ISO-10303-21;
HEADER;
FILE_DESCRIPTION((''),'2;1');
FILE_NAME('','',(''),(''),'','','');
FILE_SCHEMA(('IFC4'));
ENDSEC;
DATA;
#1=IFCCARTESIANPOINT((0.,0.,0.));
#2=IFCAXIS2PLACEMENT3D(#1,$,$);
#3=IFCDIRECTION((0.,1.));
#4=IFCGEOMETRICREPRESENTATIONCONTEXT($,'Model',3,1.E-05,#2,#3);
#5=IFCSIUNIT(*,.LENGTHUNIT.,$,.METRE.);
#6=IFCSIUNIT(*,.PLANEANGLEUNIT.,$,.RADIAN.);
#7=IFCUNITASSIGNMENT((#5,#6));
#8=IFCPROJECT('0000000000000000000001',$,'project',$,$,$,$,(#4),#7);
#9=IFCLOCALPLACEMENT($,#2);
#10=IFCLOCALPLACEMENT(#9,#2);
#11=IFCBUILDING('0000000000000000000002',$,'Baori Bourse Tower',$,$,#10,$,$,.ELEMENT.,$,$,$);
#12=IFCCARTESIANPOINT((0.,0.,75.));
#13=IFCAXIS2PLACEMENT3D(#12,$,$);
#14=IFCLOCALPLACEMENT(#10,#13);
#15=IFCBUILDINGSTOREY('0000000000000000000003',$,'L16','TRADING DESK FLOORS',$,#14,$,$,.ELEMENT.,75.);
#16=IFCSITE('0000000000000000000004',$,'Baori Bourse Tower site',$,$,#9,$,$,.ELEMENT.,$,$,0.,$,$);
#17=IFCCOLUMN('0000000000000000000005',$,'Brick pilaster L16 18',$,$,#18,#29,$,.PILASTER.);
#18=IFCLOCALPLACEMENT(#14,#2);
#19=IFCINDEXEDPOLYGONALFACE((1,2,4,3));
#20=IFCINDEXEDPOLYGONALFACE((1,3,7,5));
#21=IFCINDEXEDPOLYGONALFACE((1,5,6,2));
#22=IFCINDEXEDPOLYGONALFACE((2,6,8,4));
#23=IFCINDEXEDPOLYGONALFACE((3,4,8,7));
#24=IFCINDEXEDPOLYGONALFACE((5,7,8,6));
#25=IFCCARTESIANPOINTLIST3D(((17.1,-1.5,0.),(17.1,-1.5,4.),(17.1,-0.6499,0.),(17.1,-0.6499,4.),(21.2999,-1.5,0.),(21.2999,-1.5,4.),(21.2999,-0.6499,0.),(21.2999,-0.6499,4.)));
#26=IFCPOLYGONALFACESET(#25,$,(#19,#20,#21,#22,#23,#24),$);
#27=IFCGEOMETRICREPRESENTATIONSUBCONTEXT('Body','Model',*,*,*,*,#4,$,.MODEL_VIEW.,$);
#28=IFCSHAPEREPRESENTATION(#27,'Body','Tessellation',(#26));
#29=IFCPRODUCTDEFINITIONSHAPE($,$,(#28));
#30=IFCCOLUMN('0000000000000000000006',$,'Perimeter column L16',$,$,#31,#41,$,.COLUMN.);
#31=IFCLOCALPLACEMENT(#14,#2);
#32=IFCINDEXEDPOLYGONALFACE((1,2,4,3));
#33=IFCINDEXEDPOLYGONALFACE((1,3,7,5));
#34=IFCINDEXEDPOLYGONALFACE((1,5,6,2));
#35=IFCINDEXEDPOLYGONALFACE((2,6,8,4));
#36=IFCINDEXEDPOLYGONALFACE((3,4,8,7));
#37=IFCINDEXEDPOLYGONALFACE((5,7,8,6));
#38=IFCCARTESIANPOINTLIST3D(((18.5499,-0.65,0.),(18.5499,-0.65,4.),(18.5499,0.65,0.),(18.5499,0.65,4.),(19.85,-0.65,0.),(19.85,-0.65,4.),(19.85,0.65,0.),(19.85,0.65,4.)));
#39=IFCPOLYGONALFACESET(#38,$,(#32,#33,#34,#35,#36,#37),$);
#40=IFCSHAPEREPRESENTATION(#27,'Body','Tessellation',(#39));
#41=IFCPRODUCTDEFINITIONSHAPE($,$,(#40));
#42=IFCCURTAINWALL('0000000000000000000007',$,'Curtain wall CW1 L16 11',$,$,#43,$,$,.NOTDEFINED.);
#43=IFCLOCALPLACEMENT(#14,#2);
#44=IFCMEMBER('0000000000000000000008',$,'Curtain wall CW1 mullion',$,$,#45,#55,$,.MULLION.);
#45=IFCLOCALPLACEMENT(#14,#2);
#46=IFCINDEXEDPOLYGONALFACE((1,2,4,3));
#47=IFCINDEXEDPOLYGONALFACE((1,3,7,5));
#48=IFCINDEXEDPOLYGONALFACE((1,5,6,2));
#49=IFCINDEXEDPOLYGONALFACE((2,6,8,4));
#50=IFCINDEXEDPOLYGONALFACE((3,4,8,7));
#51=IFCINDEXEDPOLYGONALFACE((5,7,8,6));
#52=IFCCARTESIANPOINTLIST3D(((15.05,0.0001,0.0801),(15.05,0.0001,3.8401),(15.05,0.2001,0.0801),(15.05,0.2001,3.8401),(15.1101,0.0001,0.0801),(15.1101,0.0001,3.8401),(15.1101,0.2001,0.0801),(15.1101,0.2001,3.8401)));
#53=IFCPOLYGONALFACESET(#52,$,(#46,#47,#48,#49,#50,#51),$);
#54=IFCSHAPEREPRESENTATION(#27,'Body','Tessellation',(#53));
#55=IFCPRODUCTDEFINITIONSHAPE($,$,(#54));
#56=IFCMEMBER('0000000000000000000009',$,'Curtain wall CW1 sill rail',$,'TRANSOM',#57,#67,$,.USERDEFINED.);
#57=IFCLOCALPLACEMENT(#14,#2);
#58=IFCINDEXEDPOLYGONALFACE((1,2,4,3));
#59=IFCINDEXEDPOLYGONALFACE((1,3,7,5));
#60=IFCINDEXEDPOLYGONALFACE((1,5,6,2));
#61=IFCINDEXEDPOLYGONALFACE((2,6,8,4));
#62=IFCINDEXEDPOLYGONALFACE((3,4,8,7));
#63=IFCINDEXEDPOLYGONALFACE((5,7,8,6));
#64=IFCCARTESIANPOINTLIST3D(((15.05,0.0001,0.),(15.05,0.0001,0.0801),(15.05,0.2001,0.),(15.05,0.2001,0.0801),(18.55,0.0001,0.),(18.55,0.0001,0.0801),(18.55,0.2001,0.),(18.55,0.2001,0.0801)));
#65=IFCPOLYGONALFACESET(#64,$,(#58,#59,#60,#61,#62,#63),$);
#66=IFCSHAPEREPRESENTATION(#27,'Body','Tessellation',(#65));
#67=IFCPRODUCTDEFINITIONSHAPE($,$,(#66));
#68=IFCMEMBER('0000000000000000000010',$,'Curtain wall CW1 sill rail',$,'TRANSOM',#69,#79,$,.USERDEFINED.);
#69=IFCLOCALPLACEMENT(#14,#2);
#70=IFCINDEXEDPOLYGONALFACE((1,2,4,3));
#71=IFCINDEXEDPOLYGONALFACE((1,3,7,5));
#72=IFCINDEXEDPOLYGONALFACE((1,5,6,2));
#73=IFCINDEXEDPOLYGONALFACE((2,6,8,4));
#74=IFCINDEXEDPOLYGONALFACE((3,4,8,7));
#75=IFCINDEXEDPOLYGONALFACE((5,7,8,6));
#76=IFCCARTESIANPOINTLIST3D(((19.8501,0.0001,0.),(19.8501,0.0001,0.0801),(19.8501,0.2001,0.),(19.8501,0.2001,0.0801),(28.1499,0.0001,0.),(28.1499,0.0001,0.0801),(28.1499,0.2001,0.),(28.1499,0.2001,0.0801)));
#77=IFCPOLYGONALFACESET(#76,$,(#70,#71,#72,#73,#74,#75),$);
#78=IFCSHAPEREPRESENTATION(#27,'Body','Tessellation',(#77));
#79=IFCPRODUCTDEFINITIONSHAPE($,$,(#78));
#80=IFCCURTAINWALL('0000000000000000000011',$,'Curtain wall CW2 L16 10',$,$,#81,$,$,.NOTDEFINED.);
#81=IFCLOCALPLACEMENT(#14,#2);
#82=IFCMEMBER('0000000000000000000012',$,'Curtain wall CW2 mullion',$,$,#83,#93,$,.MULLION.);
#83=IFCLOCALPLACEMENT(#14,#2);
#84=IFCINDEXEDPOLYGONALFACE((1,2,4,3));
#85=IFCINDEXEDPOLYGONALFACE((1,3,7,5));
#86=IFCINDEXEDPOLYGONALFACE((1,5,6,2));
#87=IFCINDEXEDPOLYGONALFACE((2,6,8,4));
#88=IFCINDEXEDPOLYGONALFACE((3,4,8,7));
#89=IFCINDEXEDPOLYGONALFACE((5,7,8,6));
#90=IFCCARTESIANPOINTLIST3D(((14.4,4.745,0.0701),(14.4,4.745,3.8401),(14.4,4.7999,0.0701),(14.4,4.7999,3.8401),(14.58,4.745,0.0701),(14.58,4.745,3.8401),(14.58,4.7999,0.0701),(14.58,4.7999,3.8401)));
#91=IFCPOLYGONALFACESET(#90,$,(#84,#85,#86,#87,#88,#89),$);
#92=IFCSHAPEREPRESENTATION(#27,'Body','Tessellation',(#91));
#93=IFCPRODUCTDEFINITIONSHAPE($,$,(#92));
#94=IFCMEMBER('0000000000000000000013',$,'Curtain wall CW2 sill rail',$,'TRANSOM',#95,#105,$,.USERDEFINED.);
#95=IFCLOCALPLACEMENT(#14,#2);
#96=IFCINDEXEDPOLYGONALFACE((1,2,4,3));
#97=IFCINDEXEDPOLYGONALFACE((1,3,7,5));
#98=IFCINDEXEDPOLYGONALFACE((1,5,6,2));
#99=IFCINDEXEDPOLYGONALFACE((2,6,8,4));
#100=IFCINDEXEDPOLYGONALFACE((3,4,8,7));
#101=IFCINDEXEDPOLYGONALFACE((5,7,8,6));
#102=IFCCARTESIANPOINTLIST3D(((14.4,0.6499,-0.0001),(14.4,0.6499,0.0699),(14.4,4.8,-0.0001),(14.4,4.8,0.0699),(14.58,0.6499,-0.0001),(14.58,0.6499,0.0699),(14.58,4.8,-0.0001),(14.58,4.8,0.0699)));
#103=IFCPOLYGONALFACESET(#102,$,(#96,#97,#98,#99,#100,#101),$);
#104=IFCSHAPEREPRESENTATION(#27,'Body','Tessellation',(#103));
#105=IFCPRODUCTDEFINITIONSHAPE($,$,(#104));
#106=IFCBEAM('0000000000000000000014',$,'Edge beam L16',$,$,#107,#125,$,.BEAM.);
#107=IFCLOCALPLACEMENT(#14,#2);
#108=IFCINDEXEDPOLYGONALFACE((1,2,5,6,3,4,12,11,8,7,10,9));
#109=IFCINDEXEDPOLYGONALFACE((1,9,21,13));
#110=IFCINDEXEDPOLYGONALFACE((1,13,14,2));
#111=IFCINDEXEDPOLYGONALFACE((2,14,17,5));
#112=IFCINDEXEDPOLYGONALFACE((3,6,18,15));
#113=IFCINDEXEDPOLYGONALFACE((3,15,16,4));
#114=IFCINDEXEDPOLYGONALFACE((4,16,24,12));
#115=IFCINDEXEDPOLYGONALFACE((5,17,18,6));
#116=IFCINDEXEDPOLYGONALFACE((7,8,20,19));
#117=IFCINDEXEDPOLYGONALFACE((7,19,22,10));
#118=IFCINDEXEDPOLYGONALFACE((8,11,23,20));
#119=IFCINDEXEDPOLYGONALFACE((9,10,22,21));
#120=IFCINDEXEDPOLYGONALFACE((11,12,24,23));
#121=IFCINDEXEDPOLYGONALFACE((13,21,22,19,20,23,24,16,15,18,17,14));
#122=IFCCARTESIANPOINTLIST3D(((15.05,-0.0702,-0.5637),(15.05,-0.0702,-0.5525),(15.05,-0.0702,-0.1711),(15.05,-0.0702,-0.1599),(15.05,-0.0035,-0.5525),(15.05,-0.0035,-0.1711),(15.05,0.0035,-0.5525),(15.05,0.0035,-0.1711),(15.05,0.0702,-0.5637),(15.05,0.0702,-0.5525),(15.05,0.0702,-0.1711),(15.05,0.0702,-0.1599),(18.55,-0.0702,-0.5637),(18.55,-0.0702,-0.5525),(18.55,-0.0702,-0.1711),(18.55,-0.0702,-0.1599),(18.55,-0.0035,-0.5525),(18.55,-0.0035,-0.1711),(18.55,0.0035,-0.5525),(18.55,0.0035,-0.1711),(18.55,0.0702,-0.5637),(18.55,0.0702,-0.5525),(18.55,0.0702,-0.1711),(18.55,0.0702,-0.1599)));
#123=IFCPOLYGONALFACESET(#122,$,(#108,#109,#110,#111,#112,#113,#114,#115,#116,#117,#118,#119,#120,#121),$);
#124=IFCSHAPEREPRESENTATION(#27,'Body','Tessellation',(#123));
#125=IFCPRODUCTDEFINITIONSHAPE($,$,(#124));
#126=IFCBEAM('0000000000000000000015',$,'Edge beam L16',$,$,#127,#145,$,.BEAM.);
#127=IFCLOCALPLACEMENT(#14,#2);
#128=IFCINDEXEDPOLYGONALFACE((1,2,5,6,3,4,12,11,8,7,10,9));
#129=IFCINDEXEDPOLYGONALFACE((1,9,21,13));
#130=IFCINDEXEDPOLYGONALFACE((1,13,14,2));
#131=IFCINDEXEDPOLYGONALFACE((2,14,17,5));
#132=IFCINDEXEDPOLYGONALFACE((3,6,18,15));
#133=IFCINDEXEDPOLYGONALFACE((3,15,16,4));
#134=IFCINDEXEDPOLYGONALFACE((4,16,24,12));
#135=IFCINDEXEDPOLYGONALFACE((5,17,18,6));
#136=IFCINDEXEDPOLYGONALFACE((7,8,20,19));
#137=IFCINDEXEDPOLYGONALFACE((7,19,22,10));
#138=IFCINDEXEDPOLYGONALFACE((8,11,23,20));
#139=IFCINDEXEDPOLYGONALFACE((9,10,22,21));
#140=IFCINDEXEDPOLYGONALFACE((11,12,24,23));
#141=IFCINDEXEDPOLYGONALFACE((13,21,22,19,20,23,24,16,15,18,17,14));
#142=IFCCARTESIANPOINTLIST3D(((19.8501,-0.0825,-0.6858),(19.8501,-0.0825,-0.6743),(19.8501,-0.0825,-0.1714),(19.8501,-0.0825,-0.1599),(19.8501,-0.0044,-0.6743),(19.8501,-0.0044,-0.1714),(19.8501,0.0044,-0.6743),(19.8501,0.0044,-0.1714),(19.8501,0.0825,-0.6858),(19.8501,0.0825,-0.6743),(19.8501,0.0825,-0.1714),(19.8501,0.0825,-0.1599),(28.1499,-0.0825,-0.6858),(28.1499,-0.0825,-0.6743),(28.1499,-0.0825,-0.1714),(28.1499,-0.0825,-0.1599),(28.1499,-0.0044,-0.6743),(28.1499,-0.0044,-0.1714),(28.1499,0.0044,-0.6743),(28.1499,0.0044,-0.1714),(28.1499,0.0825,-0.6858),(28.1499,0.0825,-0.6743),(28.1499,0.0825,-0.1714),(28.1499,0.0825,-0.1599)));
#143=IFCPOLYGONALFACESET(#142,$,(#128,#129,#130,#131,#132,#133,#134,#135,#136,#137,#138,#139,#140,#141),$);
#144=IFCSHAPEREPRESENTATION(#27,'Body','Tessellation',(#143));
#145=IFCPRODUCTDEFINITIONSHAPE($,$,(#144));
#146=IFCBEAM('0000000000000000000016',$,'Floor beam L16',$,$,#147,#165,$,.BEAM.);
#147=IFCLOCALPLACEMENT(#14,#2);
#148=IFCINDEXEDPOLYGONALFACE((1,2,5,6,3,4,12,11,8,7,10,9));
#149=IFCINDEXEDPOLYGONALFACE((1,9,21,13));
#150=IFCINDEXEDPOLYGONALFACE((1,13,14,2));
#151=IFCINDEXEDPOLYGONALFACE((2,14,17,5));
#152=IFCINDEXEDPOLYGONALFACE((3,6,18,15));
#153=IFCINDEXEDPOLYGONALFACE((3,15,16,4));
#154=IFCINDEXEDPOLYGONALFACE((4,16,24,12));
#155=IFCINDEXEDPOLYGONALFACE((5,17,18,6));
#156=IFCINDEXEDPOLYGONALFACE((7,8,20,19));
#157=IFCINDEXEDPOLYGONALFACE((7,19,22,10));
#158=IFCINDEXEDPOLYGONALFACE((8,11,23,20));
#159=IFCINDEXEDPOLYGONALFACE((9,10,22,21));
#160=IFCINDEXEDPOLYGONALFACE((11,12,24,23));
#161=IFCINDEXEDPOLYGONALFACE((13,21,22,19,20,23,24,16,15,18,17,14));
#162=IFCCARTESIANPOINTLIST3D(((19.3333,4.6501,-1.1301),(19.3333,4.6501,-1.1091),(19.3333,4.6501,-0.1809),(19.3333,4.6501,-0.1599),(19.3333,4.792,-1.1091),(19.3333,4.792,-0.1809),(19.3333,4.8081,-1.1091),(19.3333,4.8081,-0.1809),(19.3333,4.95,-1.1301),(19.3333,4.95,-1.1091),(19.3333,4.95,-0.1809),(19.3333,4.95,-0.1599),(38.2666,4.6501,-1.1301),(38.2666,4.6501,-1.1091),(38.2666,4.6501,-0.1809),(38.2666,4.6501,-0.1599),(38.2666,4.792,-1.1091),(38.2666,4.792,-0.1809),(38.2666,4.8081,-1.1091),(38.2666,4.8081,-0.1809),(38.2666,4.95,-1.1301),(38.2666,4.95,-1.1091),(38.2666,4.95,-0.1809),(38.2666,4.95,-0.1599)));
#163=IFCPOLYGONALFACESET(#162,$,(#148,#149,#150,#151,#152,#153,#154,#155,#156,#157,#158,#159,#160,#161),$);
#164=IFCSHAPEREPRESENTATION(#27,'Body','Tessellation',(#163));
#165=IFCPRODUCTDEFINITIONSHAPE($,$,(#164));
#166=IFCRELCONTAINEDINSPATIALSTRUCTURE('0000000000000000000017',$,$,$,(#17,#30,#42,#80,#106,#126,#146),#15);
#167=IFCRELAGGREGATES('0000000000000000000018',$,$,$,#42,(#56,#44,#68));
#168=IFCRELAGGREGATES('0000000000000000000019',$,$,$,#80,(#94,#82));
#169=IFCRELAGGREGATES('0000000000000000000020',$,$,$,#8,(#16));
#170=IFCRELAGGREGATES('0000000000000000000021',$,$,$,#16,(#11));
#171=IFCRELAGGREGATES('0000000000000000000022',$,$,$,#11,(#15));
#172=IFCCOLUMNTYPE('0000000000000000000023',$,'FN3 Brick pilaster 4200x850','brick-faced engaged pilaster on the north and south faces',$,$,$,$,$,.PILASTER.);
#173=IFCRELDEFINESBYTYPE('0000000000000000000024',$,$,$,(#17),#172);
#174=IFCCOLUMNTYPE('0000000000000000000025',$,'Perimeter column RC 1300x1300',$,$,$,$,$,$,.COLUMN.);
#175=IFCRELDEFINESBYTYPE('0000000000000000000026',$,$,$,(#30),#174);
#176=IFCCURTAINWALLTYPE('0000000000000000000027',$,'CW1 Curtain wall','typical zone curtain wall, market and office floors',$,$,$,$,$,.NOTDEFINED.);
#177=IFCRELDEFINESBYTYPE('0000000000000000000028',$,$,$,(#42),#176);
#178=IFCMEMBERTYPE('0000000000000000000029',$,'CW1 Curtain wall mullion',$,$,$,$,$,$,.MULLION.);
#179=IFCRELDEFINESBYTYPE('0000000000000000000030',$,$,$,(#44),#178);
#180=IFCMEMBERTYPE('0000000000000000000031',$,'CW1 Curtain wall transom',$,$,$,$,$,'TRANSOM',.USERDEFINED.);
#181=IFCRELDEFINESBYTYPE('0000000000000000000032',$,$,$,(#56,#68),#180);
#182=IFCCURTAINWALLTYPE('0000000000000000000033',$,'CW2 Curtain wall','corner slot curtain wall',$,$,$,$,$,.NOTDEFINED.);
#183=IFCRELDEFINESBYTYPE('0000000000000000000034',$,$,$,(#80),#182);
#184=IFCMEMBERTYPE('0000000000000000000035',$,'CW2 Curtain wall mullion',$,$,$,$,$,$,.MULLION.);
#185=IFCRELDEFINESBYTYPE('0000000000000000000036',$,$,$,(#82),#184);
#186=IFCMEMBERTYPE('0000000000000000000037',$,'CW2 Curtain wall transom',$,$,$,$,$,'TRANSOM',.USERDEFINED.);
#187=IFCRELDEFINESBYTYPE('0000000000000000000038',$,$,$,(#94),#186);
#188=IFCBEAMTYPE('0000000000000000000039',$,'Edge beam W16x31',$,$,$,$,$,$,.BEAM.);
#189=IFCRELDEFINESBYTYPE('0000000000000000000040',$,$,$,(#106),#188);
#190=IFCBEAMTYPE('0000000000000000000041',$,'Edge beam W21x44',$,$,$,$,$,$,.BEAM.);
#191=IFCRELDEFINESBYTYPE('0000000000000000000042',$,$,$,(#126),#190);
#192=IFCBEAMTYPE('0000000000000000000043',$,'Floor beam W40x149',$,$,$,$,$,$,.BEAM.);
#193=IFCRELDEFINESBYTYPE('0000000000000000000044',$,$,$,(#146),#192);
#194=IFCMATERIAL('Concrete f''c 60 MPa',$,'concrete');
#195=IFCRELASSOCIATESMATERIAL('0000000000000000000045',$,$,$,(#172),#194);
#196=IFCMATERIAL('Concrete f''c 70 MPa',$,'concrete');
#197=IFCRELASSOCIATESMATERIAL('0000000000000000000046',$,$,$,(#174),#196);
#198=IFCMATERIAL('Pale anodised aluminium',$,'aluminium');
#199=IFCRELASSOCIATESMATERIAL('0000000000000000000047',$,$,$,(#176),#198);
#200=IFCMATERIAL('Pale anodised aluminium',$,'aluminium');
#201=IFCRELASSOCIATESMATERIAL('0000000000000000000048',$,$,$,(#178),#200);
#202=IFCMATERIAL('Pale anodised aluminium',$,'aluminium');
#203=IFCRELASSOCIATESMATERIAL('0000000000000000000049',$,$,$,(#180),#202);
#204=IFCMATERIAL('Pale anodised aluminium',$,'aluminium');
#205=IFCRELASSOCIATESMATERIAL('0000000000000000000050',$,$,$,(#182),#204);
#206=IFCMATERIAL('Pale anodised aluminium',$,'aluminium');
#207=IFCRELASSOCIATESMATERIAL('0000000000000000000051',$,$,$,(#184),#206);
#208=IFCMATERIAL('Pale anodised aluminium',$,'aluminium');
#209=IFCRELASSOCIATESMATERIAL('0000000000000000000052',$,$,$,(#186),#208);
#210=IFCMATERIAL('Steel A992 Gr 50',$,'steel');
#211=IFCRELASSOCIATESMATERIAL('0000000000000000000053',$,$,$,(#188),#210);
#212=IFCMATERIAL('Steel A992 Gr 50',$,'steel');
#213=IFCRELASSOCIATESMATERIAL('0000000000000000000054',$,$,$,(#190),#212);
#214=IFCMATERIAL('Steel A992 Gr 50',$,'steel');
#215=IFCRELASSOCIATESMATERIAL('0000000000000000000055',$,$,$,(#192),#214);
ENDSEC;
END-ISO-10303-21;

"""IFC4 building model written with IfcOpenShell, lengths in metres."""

from ifc_helpers import new_model, si_unit, direction, frame, origin, origin_2d, place, context, subcontext, project, spatial, rectangle, i_section, extrude, material, material_profile, profile_set, type_object, element, aggregate, save


model = new_model("IFC4")

# Units and contexts
model_context = context("Model", 3, precision=1e-05, world=origin(), true_north=direction((0.0, 1.0)))
body_context = subcontext(model_context, "Body", "Model", "MODEL_VIEW")
ifc_project = project(units=[si_unit("LENGTHUNIT", "METRE"), si_unit("PLANEANGLEUNIT", "RADIAN")], contexts=[model_context])

# Site, building, storey
site_placement = place(None, origin())
site = spatial("IfcSite", under=ifc_project, at=site_placement, Name="Baori Bourse Tower site", CompositionType="ELEMENT", RefElevation=0.0)
building_placement = place(site_placement, origin())
building = spatial("IfcBuilding", under=site, at=building_placement, Name="Baori Bourse Tower", CompositionType="ELEMENT")
storey_placement = place(building_placement, frame((0.0, 0.0, 75.0)))
storey = spatial("IfcBuildingStorey", under=building, at=storey_placement, Name="L16", Description="TRADING DESK FLOORS", CompositionType="ELEMENT", Elevation=75.0)

# Columns
ifc_material_1 = material(Name="Concrete f'c 60 MPa", Category="concrete")
ifc_material_profile_1 = material_profile(ifc_material_1, rectangle(XDim=4.2, YDim=0.8501, at=origin_2d()), Name="RC 4200x850")
ifc_profile_set_1 = profile_set([ifc_material_profile_1], Name="Concrete f'c 60 MPa")
column_type_1 = type_object("IfcColumnType", Name="FN3 Brick pilaster 4200x850", Description="brick-faced engaged pilaster on the north and south faces", PredefinedType="PILASTER", material=ifc_profile_set_1)
column_1_placement = place(storey_placement, frame((19.2, -1.075, 0.0), z_axis=(0.0, 0.0, 1.0), x_axis=(1.0, 0.0, 0.0)))
element("IfcColumn", 1, at=column_1_placement, inside=storey, type_object=column_type_1, Name="Brick pilaster L16 18", PredefinedType="PILASTER", context=body_context, shape_type="SweptSolid", body=[
    extrude(rectangle(XDim=4.2, YDim=0.8501, at=origin_2d()), origin(), (0.0, 0.0, 1.0), 4.0),
])
ifc_material_2 = material(Name="Concrete f'c 70 MPa", Category="concrete")
ifc_material_profile_2 = material_profile(ifc_material_2, rectangle(XDim=1.3, YDim=1.3, at=origin_2d()), Name="RC 1300x1300")
ifc_profile_set_2 = profile_set([ifc_material_profile_2], Name="Concrete f'c 70 MPa")
column_type_2 = type_object("IfcColumnType", Name="Perimeter column RC 1300x1300", PredefinedType="COLUMN", material=ifc_profile_set_2)
column_2_placement = place(storey_placement, frame((19.2, 0.0, 0.0), z_axis=(0.0, 0.0, 1.0), x_axis=(1.0, 0.0, 0.0)))
element("IfcColumn", 2, at=column_2_placement, inside=storey, type_object=column_type_2, Name="Perimeter column L16", PredefinedType="COLUMN", context=body_context, shape_type="SweptSolid", body=[
    extrude(rectangle(XDim=1.3, YDim=1.3, at=origin_2d()), origin(), (0.0, 0.0, 1.0), 4.0),
])

# Curtain walls, members
ifc_material_3 = material(Name="Pale anodised aluminium", Category="aluminium")
curtain_wall_type_1 = type_object("IfcCurtainWallType", Name="CW1 Curtain wall", Description="typical zone curtain wall, market and office floors", PredefinedType="NOTDEFINED", material=ifc_material_3)
curtain_wall_1_placement = place(storey_placement, origin())
curtain_wall_1 = element("IfcCurtainWall", 3, at=curtain_wall_1_placement, inside=storey, type_object=curtain_wall_type_1, Name="Curtain wall CW1 L16 11", PredefinedType="NOTDEFINED")
ifc_material_4 = material(Name="Pale anodised aluminium", Category="aluminium")
ifc_material_profile_3 = material_profile(ifc_material_4, rectangle(XDim=0.2, YDim=0.0601, at=origin_2d()), Name="Mullion 60x200")
ifc_profile_set_3 = profile_set([ifc_material_profile_3], Name="Pale anodised aluminium")
member_type_1 = type_object("IfcMemberType", Name="CW1 Curtain wall mullion", PredefinedType="MULLION", material=ifc_profile_set_3)
member_1_placement = place(storey_placement, frame((15.0801, 0.1001, 0.0801), z_axis=(0.0, 0.0, 1.0), x_axis=(0.0, 1.0, 0.0)))
member_1 = element("IfcMember", 4, at=member_1_placement, type_object=member_type_1, Name="Curtain wall CW1 mullion", PredefinedType="MULLION", context=body_context, shape_type="SweptSolid", body=[
    extrude(rectangle(XDim=0.2, YDim=0.0601, at=origin_2d()), origin(), (0.0, 0.0, 1.0), 3.76),
])
ifc_material_5 = material(Name="Pale anodised aluminium", Category="aluminium")
ifc_material_profile_4 = material_profile(ifc_material_5, rectangle(XDim=0.2, YDim=0.0801, at=origin_2d()), Name="Transom 80x200")
ifc_profile_set_4 = profile_set([ifc_material_profile_4], Name="Pale anodised aluminium")
member_type_2 = type_object("IfcMemberType", Name="CW1 Curtain wall transom", ElementType="TRANSOM", PredefinedType="USERDEFINED", material=ifc_profile_set_4)
member_2_placement = place(storey_placement, frame((15.05, 0.1001, 0.04), z_axis=(1.0, 0.0, 0.0), x_axis=(0.0, 1.0, 0.0)))
member_2 = element("IfcMember", 5, at=member_2_placement, type_object=member_type_2, Name="Curtain wall CW1 sill rail", ObjectType="TRANSOM", PredefinedType="USERDEFINED", context=body_context, shape_type="SweptSolid", body=[
    extrude(rectangle(XDim=0.2, YDim=0.0801, at=origin_2d()), origin(), (0.0, 0.0, 1.0), 3.5),
])
member_3_placement = place(storey_placement, frame((19.8501, 0.1001, 0.04), z_axis=(1.0, 0.0, 0.0), x_axis=(0.0, 1.0, 0.0)))
member_3 = element("IfcMember", 6, at=member_3_placement, type_object=member_type_2, Name="Curtain wall CW1 sill rail", ObjectType="TRANSOM", PredefinedType="USERDEFINED", context=body_context, shape_type="SweptSolid", body=[
    extrude(rectangle(XDim=0.2, YDim=0.0801, at=origin_2d()), origin(), (0.0, 0.0, 1.0), 8.2998),
])
ifc_material_6 = material(Name="Pale anodised aluminium", Category="aluminium")
curtain_wall_type_2 = type_object("IfcCurtainWallType", Name="CW2 Curtain wall", Description="corner slot curtain wall", PredefinedType="NOTDEFINED", material=ifc_material_6)
curtain_wall_2_placement = place(storey_placement, origin())
curtain_wall_2 = element("IfcCurtainWall", 7, at=curtain_wall_2_placement, inside=storey, type_object=curtain_wall_type_2, Name="Curtain wall CW2 L16 10", PredefinedType="NOTDEFINED")
ifc_material_7 = material(Name="Pale anodised aluminium", Category="aluminium")
ifc_material_profile_5 = material_profile(ifc_material_7, rectangle(XDim=0.1799, YDim=0.0549, at=origin_2d()), Name="Mullion 55x180")
ifc_profile_set_5 = profile_set([ifc_material_profile_5], Name="Pale anodised aluminium")
member_type_3 = type_object("IfcMemberType", Name="CW2 Curtain wall mullion", PredefinedType="MULLION", material=ifc_profile_set_5)
member_4_placement = place(storey_placement, frame((14.49, 4.7725, 0.0701), z_axis=(0.0, 0.0, 1.0), x_axis=(1.0, 0.0, 0.0)))
member_4 = element("IfcMember", 8, at=member_4_placement, type_object=member_type_3, Name="Curtain wall CW2 mullion", PredefinedType="MULLION", context=body_context, shape_type="SweptSolid", body=[
    extrude(rectangle(XDim=0.1799, YDim=0.0549, at=origin_2d()), origin(), (0.0, 0.0, 1.0), 3.77),
])
ifc_material_8 = material(Name="Pale anodised aluminium", Category="aluminium")
ifc_material_profile_6 = material_profile(ifc_material_8, rectangle(XDim=0.1799, YDim=0.0701, at=origin_2d()), Name="Transom 70x180")
ifc_profile_set_6 = profile_set([ifc_material_profile_6], Name="Pale anodised aluminium")
member_type_4 = type_object("IfcMemberType", Name="CW2 Curtain wall transom", ElementType="TRANSOM", PredefinedType="USERDEFINED", material=ifc_profile_set_6)
member_5_placement = place(storey_placement, frame((14.49, 4.8, 0.0349), z_axis=(0.0, -1.0, 0.0), x_axis=(1.0, 0.0, 0.0)))
member_5 = element("IfcMember", 9, at=member_5_placement, type_object=member_type_4, Name="Curtain wall CW2 sill rail", ObjectType="TRANSOM", PredefinedType="USERDEFINED", context=body_context, shape_type="SweptSolid", body=[
    extrude(rectangle(XDim=0.1799, YDim=0.0701, at=origin_2d()), origin(), (0.0, 0.0, 1.0), 4.1501),
])

# Beams
ifc_material_9 = material(Name="Steel A992 Gr 50", Category="steel")
ifc_material_profile_7 = material_profile(ifc_material_9, i_section(OverallWidth=0.1404, OverallDepth=0.4038, WebThickness=0.0071, FlangeThickness=0.0112, at=origin_2d()), Name="W16x31")
ifc_profile_set_7 = profile_set([ifc_material_profile_7], Name="Steel A992 Gr 50")
beam_type_1 = type_object("IfcBeamType", Name="Edge beam W16x31", PredefinedType="BEAM", material=ifc_profile_set_7)
beam_1_placement = place(storey_placement, frame((15.05, 0.0, -0.3618), z_axis=(1.0, 0.0, 0.0), x_axis=(0.0, 1.0, 0.0)))
element("IfcBeam", 10, at=beam_1_placement, inside=storey, type_object=beam_type_1, Name="Edge beam L16", PredefinedType="BEAM", context=body_context, shape_type="SweptSolid", body=[
    extrude(i_section(OverallWidth=0.1404, OverallDepth=0.4038, WebThickness=0.0071, FlangeThickness=0.0112, at=origin_2d()), origin(), (0.0, 0.0, 1.0), 3.5),
])
ifc_material_10 = material(Name="Steel A992 Gr 50", Category="steel")
ifc_material_profile_8 = material_profile(ifc_material_10, i_section(OverallWidth=0.165, OverallDepth=0.5259, WebThickness=0.0088, FlangeThickness=0.0115, at=origin_2d()), Name="W21x44")
ifc_profile_set_8 = profile_set([ifc_material_profile_8], Name="Steel A992 Gr 50")
beam_type_2 = type_object("IfcBeamType", Name="Edge beam W21x44", PredefinedType="BEAM", material=ifc_profile_set_8)
beam_2_placement = place(storey_placement, frame((19.8501, 0.0, -0.4229), z_axis=(1.0, 0.0, 0.0), x_axis=(0.0, 1.0, 0.0)))
element("IfcBeam", 11, at=beam_2_placement, inside=storey, type_object=beam_type_2, Name="Edge beam L16", PredefinedType="BEAM", context=body_context, shape_type="SweptSolid", body=[
    extrude(i_section(OverallWidth=0.165, OverallDepth=0.5259, WebThickness=0.0088, FlangeThickness=0.0115, at=origin_2d()), origin(), (0.0, 0.0, 1.0), 8.2998),
])
ifc_material_11 = material(Name="Steel A992 Gr 50", Category="steel")
ifc_material_profile_9 = material_profile(ifc_material_11, i_section(OverallWidth=0.2998, OverallDepth=0.9702, WebThickness=0.0161, FlangeThickness=0.021, at=origin_2d()), Name="W40x149")
ifc_profile_set_9 = profile_set([ifc_material_profile_9], Name="Steel A992 Gr 50")
beam_type_3 = type_object("IfcBeamType", Name="Floor beam W40x149", PredefinedType="BEAM", material=ifc_profile_set_9)
beam_3_placement = place(storey_placement, frame((19.3333, 4.8, -0.645), z_axis=(1.0, 0.0, 0.0), x_axis=(0.0, 1.0, 0.0)))
element("IfcBeam", 12, at=beam_3_placement, inside=storey, type_object=beam_type_3, Name="Floor beam L16", PredefinedType="BEAM", context=body_context, shape_type="SweptSolid", body=[
    extrude(i_section(OverallWidth=0.2998, OverallDepth=0.9702, WebThickness=0.0161, FlangeThickness=0.021, at=origin_2d()), origin(), (0.0, 0.0, 1.0), 18.9333),
])

aggregate(curtain_wall_1, [member_2, member_1, member_3])
aggregate(curtain_wall_2, [member_5, member_4])

save(model, "model.ifc")
